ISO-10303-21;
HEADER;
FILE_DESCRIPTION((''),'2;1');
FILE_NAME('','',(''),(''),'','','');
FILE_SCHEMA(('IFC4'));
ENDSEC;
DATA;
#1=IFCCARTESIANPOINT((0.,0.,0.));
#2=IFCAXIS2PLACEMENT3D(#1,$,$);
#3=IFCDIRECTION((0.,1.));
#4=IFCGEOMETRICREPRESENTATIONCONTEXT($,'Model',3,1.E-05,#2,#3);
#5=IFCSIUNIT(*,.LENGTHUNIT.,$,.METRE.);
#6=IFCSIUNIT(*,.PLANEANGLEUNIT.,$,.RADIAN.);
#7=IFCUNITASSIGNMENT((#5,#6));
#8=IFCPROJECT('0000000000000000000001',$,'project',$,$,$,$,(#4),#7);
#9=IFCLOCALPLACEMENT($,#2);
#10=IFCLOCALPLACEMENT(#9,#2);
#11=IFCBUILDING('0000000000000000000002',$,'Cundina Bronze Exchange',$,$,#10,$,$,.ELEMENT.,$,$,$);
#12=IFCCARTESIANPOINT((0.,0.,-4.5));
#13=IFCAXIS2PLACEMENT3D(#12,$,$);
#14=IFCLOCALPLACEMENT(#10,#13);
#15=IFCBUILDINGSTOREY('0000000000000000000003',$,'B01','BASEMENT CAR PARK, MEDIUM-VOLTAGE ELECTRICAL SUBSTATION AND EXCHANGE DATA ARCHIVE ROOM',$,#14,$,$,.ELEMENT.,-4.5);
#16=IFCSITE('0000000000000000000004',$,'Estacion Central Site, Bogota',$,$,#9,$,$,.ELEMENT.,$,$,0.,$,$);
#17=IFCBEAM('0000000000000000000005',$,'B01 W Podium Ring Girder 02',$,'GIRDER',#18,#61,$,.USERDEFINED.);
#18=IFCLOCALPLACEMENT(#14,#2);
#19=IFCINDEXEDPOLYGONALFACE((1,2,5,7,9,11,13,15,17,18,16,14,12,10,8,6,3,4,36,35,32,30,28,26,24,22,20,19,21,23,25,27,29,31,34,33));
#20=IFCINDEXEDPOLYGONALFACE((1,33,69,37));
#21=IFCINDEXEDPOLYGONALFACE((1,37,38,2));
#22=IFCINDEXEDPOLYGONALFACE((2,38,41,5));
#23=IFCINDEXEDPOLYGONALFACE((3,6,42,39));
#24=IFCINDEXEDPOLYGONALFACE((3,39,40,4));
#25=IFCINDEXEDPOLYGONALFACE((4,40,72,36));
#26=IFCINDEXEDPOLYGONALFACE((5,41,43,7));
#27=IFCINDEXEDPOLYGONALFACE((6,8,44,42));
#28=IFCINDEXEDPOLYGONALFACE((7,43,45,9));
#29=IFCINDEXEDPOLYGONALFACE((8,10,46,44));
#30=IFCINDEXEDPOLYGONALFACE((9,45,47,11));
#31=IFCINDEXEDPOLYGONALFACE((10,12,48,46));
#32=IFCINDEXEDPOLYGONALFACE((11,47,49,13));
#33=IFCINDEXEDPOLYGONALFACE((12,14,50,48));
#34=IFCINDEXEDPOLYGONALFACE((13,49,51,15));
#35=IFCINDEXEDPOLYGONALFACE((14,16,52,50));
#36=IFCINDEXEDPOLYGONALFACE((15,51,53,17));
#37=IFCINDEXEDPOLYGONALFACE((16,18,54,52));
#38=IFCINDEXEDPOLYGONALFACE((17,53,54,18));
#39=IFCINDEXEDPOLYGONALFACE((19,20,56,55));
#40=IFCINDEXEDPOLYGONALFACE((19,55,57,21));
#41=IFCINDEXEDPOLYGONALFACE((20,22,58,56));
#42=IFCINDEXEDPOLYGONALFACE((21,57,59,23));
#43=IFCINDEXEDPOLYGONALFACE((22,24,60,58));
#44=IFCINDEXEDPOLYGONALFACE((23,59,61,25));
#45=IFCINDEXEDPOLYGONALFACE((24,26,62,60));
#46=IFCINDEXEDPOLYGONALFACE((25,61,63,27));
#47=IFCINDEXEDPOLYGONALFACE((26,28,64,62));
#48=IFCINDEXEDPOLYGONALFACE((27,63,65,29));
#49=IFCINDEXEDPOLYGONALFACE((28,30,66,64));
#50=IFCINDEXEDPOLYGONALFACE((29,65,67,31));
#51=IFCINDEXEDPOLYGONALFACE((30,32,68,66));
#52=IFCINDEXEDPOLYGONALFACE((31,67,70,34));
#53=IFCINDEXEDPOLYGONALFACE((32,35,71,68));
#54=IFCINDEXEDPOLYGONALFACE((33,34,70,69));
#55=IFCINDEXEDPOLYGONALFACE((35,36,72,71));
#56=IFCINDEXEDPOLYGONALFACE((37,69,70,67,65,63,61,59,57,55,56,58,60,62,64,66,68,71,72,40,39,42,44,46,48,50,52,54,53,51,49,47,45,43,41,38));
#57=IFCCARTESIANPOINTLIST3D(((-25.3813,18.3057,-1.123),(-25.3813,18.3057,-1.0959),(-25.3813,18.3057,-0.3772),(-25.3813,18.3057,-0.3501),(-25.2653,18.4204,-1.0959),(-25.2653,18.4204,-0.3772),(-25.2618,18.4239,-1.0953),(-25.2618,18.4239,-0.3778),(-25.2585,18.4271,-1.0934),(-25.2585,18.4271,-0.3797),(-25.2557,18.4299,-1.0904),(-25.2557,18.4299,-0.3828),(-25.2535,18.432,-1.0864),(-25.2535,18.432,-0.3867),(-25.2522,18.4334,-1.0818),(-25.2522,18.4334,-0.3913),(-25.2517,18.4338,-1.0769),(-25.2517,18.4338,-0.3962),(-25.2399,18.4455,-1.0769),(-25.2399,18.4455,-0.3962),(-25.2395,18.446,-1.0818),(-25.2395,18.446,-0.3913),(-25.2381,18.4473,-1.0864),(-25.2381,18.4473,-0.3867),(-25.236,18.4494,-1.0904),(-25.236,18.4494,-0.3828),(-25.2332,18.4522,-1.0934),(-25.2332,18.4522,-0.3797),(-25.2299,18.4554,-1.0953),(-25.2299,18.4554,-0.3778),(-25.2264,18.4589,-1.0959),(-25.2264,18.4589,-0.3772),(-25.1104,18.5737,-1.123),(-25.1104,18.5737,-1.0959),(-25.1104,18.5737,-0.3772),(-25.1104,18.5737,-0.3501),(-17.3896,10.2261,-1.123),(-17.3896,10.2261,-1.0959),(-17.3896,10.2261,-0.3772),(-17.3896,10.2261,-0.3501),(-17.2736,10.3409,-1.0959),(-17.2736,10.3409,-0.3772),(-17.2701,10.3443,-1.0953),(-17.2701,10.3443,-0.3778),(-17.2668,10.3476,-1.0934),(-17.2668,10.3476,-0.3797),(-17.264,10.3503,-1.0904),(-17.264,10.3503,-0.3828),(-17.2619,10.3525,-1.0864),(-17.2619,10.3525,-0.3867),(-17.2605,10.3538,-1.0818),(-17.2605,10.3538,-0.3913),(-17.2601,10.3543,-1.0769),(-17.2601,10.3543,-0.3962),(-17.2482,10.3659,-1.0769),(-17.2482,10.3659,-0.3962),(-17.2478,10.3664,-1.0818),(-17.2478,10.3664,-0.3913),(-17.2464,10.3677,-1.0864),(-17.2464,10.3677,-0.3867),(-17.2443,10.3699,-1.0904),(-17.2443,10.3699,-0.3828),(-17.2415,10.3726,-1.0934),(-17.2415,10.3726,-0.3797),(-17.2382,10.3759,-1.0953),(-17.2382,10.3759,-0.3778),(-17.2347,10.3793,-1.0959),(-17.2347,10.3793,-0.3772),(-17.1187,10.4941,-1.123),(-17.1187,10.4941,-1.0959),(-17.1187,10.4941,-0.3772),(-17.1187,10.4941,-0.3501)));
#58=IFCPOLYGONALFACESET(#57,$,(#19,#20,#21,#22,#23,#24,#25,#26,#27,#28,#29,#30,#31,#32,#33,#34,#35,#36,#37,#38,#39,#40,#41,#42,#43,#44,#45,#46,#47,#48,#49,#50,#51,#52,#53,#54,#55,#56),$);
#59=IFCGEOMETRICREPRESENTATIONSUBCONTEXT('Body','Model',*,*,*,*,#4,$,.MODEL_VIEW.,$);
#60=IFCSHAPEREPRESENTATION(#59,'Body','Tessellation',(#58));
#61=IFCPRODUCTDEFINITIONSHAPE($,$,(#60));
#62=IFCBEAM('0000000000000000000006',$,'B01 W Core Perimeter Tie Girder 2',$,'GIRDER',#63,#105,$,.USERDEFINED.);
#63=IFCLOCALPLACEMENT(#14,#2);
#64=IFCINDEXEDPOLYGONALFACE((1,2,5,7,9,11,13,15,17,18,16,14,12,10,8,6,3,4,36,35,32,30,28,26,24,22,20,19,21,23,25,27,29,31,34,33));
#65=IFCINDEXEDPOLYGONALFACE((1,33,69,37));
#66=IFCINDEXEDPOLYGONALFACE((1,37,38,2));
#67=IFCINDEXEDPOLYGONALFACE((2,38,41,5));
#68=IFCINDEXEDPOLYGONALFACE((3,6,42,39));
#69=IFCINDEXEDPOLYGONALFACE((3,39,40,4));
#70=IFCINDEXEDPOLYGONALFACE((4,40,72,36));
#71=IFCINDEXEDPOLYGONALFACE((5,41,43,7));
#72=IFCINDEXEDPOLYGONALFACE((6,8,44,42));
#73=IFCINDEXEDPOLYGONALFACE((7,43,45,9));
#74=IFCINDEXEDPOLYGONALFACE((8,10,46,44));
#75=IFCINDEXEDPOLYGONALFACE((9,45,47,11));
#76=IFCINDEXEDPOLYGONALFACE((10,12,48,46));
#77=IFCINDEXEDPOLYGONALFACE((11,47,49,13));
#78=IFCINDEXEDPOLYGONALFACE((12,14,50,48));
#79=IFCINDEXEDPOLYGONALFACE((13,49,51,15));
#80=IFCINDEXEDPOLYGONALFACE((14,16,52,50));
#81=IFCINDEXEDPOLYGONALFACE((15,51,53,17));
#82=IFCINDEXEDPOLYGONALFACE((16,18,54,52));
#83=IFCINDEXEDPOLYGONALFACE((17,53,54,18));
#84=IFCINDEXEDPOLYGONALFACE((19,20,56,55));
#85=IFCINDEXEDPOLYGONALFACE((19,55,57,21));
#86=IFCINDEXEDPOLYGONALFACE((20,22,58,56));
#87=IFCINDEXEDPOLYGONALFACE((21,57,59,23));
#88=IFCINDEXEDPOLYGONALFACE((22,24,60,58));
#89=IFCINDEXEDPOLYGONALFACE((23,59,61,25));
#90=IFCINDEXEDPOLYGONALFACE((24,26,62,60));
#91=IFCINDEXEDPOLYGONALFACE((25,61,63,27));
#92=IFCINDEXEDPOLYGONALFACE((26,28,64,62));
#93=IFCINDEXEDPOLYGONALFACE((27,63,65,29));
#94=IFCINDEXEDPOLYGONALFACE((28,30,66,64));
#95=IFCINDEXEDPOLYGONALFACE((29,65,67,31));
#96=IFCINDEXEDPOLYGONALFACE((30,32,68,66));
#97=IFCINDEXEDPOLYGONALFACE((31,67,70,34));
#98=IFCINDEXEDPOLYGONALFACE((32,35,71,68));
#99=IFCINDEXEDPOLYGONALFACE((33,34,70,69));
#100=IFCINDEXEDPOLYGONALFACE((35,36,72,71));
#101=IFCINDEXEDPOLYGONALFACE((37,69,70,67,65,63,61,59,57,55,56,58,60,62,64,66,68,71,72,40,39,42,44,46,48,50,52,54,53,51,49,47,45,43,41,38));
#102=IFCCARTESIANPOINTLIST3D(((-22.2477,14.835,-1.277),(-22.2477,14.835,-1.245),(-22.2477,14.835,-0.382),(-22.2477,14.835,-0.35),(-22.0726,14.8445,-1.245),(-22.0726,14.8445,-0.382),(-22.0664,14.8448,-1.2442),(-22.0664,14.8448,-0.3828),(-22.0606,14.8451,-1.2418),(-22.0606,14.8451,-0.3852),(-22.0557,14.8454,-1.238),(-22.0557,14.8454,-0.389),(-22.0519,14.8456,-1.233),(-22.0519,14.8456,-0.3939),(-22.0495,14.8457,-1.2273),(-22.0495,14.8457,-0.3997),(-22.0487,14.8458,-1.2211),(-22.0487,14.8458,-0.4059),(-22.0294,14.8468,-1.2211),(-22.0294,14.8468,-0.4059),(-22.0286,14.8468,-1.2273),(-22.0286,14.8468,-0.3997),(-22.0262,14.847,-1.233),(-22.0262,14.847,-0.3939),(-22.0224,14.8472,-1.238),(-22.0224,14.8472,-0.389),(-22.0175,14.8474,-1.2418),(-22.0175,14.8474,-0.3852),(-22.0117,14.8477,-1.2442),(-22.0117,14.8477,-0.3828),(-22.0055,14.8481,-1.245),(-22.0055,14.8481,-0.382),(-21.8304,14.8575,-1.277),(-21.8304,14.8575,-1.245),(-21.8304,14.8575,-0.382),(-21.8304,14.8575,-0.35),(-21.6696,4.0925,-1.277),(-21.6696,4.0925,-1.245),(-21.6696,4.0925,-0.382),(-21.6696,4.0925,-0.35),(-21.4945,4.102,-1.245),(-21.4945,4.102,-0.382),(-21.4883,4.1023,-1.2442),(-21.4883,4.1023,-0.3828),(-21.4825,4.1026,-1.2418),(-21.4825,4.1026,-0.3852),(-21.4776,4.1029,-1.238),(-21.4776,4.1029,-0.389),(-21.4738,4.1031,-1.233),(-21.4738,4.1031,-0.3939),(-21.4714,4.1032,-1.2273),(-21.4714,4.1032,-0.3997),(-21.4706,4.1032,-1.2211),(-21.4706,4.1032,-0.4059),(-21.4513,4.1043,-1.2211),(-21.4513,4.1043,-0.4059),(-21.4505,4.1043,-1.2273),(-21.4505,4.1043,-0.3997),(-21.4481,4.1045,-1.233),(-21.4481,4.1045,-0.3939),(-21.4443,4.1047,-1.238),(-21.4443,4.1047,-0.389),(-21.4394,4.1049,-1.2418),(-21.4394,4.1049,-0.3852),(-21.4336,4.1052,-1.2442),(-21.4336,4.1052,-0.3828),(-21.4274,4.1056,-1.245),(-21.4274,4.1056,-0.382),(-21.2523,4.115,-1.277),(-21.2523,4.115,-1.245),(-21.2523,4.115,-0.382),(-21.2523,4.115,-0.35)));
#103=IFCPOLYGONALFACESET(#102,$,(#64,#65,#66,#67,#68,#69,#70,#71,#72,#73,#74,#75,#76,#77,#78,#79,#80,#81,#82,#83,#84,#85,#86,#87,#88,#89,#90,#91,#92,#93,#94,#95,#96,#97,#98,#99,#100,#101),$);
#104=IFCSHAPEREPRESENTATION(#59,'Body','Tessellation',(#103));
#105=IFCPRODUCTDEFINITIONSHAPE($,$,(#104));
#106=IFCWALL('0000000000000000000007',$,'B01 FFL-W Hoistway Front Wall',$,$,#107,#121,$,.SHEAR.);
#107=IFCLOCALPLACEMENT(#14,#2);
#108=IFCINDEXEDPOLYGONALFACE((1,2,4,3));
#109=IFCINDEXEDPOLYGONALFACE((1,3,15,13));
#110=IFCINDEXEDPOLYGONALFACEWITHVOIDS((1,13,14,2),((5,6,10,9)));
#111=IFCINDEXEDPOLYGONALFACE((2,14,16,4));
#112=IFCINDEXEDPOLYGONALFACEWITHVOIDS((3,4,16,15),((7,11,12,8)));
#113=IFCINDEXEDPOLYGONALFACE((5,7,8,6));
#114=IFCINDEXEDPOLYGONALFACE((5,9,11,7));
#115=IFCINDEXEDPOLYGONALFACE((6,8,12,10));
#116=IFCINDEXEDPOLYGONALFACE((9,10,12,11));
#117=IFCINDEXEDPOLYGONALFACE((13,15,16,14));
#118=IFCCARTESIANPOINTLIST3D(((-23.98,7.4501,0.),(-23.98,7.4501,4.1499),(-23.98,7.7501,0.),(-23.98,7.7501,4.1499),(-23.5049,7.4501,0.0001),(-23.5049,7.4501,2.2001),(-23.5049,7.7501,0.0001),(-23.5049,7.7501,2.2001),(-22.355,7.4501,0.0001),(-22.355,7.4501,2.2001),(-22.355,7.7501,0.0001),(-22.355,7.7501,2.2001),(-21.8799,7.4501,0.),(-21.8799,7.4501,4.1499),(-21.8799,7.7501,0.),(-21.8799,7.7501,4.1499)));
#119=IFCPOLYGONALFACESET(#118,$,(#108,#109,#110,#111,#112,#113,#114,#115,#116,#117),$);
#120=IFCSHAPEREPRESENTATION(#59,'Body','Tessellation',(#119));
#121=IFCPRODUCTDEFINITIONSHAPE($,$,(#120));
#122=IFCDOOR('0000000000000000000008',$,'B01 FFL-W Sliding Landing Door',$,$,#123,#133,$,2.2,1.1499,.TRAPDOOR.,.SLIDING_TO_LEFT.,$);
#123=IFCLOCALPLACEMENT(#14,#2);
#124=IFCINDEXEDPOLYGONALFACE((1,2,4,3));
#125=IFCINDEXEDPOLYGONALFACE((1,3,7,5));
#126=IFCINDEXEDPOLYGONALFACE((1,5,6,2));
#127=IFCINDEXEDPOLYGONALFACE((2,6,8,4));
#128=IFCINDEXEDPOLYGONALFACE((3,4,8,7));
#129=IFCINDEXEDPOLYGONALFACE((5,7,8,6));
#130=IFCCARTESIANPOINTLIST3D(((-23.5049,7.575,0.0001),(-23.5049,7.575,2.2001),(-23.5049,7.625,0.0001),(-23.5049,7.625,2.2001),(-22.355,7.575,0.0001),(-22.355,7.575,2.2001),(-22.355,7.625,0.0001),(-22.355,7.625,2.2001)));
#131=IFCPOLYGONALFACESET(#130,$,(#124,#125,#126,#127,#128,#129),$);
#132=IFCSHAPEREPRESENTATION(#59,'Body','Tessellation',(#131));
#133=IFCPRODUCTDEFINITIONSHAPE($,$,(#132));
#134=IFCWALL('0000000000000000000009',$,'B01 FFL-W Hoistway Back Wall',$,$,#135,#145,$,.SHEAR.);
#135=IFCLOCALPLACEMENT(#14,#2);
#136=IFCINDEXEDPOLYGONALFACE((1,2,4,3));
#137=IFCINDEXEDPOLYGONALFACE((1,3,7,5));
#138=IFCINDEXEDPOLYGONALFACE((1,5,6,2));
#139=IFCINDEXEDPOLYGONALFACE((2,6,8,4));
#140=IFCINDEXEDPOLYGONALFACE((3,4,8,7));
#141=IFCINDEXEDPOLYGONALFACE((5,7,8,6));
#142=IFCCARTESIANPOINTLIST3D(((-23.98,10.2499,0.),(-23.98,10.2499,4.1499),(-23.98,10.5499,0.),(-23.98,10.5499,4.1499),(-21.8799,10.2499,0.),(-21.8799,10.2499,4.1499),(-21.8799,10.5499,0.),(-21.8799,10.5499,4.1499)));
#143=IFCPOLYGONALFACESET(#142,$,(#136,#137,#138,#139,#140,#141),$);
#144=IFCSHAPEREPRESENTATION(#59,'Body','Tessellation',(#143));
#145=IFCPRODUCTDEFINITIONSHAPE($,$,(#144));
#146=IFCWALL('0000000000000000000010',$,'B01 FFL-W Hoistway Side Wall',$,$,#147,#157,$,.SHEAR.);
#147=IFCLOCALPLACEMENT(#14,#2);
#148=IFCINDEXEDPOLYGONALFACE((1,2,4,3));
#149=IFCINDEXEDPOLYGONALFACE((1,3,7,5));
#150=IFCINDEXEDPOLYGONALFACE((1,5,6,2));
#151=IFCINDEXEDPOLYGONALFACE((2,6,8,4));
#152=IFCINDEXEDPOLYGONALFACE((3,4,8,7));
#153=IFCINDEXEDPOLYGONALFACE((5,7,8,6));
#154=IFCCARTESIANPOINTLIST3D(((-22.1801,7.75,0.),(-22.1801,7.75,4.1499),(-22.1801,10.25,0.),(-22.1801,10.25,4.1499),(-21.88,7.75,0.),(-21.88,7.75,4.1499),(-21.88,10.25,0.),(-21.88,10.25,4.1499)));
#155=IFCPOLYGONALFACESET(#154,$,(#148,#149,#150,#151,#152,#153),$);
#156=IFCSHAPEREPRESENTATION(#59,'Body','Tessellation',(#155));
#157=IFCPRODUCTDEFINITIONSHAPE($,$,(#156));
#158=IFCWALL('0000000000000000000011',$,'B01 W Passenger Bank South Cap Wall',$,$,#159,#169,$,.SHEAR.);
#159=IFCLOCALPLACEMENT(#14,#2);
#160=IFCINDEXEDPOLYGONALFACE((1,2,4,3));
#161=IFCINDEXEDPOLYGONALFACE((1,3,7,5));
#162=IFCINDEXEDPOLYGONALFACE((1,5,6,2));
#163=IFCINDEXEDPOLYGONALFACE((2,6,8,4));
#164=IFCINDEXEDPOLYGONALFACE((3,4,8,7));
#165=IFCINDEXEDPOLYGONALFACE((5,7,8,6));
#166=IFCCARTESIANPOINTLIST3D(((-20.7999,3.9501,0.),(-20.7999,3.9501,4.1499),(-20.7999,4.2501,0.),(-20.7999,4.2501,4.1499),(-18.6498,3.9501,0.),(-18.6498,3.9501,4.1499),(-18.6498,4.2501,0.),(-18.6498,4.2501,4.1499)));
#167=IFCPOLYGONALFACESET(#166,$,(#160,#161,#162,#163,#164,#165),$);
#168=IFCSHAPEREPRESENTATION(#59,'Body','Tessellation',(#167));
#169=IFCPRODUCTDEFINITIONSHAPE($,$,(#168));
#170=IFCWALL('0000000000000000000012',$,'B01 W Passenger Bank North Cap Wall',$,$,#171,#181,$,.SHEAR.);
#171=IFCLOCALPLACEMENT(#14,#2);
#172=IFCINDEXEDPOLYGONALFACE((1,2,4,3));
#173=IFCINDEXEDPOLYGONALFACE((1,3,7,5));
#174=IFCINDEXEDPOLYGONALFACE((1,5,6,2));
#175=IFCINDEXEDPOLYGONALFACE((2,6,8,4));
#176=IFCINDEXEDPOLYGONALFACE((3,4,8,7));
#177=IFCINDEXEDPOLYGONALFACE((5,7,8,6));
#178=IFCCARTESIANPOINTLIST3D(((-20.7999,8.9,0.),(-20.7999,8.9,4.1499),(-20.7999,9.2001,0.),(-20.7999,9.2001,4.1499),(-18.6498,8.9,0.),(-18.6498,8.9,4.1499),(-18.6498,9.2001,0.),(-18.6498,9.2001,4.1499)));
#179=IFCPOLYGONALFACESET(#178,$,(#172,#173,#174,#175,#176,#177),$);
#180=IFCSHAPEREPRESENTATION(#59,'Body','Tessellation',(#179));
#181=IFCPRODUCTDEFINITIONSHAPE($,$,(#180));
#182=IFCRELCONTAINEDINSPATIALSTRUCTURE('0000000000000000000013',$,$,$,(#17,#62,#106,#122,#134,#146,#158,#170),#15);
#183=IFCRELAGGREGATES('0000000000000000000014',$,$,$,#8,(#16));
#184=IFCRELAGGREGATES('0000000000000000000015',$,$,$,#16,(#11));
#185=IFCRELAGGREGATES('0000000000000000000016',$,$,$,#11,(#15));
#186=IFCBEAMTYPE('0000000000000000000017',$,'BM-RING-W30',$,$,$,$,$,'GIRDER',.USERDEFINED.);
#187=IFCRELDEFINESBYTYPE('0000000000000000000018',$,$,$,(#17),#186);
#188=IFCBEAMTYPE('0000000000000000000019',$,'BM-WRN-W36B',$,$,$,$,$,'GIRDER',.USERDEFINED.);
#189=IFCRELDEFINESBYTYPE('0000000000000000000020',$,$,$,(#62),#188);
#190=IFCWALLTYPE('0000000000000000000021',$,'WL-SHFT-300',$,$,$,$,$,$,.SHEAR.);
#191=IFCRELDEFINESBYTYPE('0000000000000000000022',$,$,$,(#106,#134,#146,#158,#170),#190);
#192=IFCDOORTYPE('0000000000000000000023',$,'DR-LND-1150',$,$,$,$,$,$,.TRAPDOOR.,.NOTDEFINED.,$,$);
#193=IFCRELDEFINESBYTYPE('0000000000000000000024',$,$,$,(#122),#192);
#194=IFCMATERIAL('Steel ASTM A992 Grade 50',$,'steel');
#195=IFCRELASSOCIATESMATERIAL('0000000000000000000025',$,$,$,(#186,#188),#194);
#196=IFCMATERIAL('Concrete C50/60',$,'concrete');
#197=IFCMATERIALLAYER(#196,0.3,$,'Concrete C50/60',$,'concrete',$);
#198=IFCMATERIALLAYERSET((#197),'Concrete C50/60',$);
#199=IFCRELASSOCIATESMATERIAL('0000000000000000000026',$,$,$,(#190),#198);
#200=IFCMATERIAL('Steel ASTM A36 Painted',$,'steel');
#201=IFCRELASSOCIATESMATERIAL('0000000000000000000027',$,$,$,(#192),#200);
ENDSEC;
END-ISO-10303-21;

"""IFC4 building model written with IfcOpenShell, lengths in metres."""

from ifc_helpers import new_model, si_unit, direction, frame, frame_2d, origin, origin_2d, place, context, subcontext, project, spatial, rectangle, i_section, extrude, material, layer, layer_set, material_profile, profile_set, type_object, element, fill, save


model = new_model("IFC4")

# Units and contexts
model_context = context("Model", 3, precision=1e-05, world=origin(), true_north=direction((0.0, 1.0)))
body_context = subcontext(model_context, "Body", "Model", "MODEL_VIEW")
ifc_project = project(units=[si_unit("LENGTHUNIT", "METRE"), si_unit("PLANEANGLEUNIT", "RADIAN")], contexts=[model_context])

# Site, building, storey
site_placement = place(None, origin())
site = spatial("IfcSite", under=ifc_project, at=site_placement, Name="Estacion Central Site, Bogota", CompositionType="ELEMENT", RefElevation=0.0)
building_placement = place(site_placement, origin())
building = spatial("IfcBuilding", under=site, at=building_placement, Name="Cundina Bronze Exchange", CompositionType="ELEMENT")
storey_placement = place(building_placement, frame((0.0, 0.0, -4.5)))
storey = spatial("IfcBuildingStorey", under=building, at=storey_placement, Name="B01", Description="BASEMENT CAR PARK, MEDIUM-VOLTAGE ELECTRICAL SUBSTATION AND EXCHANGE DATA ARCHIVE ROOM", CompositionType="ELEMENT", Elevation=-4.5)

# Beams
ifc_material_1 = material(Name="Steel ASTM A992 Grade 50", Category="steel")
ifc_material_profile_1 = material_profile(ifc_material_1, i_section(OverallWidth=0.3811, OverallDepth=0.7729, WebThickness=0.0166, FlangeThickness=0.0271, FilletRadius=0.019, at=origin_2d()), Name="W30X173", Category="steel")
ifc_profile_set_1 = profile_set([ifc_material_profile_1], Name="Steel ASTM A992 Grade 50")
beam_type_1 = type_object("IfcBeamType", Name="BM-RING-W30", ElementType="GIRDER", PredefinedType="USERDEFINED", material=ifc_profile_set_1)
beam_1_placement = place(storey_placement, frame((-17.2542, 10.3601, -0.7366), z_axis=(-0.703229, 0.710963, 0.0), x_axis=(-0.710963, -0.703229, 0.0)))
element("IfcBeam", 1, at=beam_1_placement, inside=storey, type_object=beam_type_1, Name="B01 W Podium Ring Girder 02", ObjectType="GIRDER", PredefinedType="USERDEFINED", context=body_context, shape_type="SweptSolid", body=[
    extrude(i_section(OverallWidth=0.3811, OverallDepth=0.7729, WebThickness=0.0166, FlangeThickness=0.0271, FilletRadius=0.019, at=origin_2d()), origin(), (0.0, 0.0, 1.0), 11.3643),
])
ifc_material_profile_2 = material_profile(ifc_material_1, i_section(OverallWidth=0.418, OverallDepth=0.927, WebThickness=0.0193, FlangeThickness=0.032, FilletRadius=0.0239, at=origin_2d()), Name="W36X231", Category="steel")
ifc_profile_set_2 = profile_set([ifc_material_profile_2], Name="Steel ASTM A992 Grade 50")
beam_type_2 = type_object("IfcBeamType", Name="BM-WRN-W36B", ElementType="GIRDER", PredefinedType="USERDEFINED", material=ifc_profile_set_2)
beam_2_placement = place(storey_placement, frame((-21.4609, 4.1038, -0.8135), z_axis=(-0.053739, 0.998555, 0.0), x_axis=(-0.998555, -0.053739, 0.0)))
element("IfcBeam", 2, at=beam_2_placement, inside=storey, type_object=beam_type_2, Name="B01 W Core Perimeter Tie Girder 2", ObjectType="GIRDER", PredefinedType="USERDEFINED", context=body_context, shape_type="SweptSolid", body=[
    extrude(i_section(OverallWidth=0.418, OverallDepth=0.927, WebThickness=0.0193, FlangeThickness=0.032, FilletRadius=0.0239, at=origin_2d()), origin(), (0.0, 0.0, 1.0), 10.7581),
])

# Wall, opening, door
ifc_material_2 = material(Name="Concrete C50/60", Category="concrete")
ifc_layer = layer(ifc_material_2, 0.3, Name="Concrete C50/60", Category="concrete")
ifc_layer_set = layer_set([ifc_layer], Name="Concrete C50/60")
wall_type = type_object("IfcWallType", Name="WL-SHFT-300", PredefinedType="SHEAR", material=ifc_layer_set)
wall_1_placement = place(storey_placement, frame((-23.98, 7.6001, 0.0), z_axis=(0.0, 0.0, 1.0), x_axis=(1.0, 0.0, 0.0)))
wall_1 = element("IfcWall", 3, at=wall_1_placement, inside=storey, type_object=wall_type, Name="B01 FFL-W Hoistway Front Wall", PredefinedType="SHEAR", context=body_context, shape_type="SweptSolid", body=[
    extrude(rectangle(XDim=2.1001, YDim=0.3, at=frame_2d((1.05, 0.0))), origin(), (0.0, 0.0, 1.0), 4.1499),
])
opening_1_placement = place(wall_1_placement, frame((0.4751, 0.0, 0.0)))
opening_1 = element("IfcOpeningElement", 4, at=opening_1_placement, cuts=wall_1, PredefinedType="OPENING", context=body_context, shape_type="SweptSolid", body=[
    extrude(rectangle(XDim=1.1499, YDim=2.2, at=frame_2d((0.575, 1.1001))), frame((0.0, 0.1599, 0.0), z_axis=(0.0, -1.0, 0.0), x_axis=(1.0, 0.0, 0.0)), (0.0, 0.0, 1.0), 0.3201),
])
ifc_material_3 = material(Name="Steel ASTM A36 Painted", Category="steel")
door_type = type_object("IfcDoorType", Name="DR-LND-1150", OperationType="NOTDEFINED", PredefinedType="TRAPDOOR", material=ifc_material_3)
door_1_placement = place(opening_1_placement, origin())
door_1 = element("IfcDoor", 5, at=door_1_placement, inside=storey, type_object=door_type, Name="B01 FFL-W Sliding Landing Door", OperationType="SLIDING_TO_LEFT", OverallHeight=2.2, OverallWidth=1.1499, PredefinedType="TRAPDOOR", context=body_context, shape_type="SweptSolid", body=[
    extrude(rectangle(XDim=1.1499, YDim=2.2, at=frame_2d((0.575, 1.1001))), frame((0.0, 0.0249, 0.0), z_axis=(0.0, -1.0, 0.0), x_axis=(1.0, 0.0, 0.0)), (0.0, 0.0, 1.0), 0.05),
])
fill(opening_1, door_1)

# Walls
wall_2_placement = place(storey_placement, frame((-23.98, 10.3999, 0.0), z_axis=(0.0, 0.0, 1.0), x_axis=(1.0, 0.0, 0.0)))
element("IfcWall", 6, at=wall_2_placement, inside=storey, type_object=wall_type, Name="B01 FFL-W Hoistway Back Wall", PredefinedType="SHEAR", context=body_context, shape_type="SweptSolid", body=[
    extrude(rectangle(XDim=2.1001, YDim=0.3, at=frame_2d((1.05, 0.0))), origin(), (0.0, 0.0, 1.0), 4.1499),
])
wall_3_placement = place(storey_placement, frame((-22.03, 7.75, 0.0), z_axis=(0.0, 0.0, 1.0), x_axis=(0.0, 1.0, 0.0)))
element("IfcWall", 7, at=wall_3_placement, inside=storey, type_object=wall_type, Name="B01 FFL-W Hoistway Side Wall", PredefinedType="SHEAR", context=body_context, shape_type="SweptSolid", body=[
    extrude(rectangle(XDim=2.5, YDim=0.3, at=frame_2d((1.25, 0.0))), origin(), (0.0, 0.0, 1.0), 4.1499),
])
for number, where, z_axis, x_axis, name in (
    (8, (-20.8, 4.1001, 0.0), (0.0, 0.0, 1.0), (1.0, 0.0, 0.0), "B01 W Passenger Bank South Cap Wall"),
    (9, (-20.8, 9.05, 0.0), (0.0, 0.0, 1.0), (1.0, 0.0, 0.0), "B01 W Passenger Bank North Cap Wall"),
):
    element("IfcWall", number, at=place(storey_placement, frame(where, z_axis=z_axis, x_axis=x_axis)), inside=storey, type_object=wall_type, Name=name, PredefinedType="SHEAR", context=body_context, shape_type="SweptSolid", body=[
        extrude(rectangle(XDim=2.1501, YDim=0.3, at=frame_2d((1.0752, 0.0))), origin(), (0.0, 0.0, 1.0), 4.1499),
    ])

save(model, "model.ifc")
